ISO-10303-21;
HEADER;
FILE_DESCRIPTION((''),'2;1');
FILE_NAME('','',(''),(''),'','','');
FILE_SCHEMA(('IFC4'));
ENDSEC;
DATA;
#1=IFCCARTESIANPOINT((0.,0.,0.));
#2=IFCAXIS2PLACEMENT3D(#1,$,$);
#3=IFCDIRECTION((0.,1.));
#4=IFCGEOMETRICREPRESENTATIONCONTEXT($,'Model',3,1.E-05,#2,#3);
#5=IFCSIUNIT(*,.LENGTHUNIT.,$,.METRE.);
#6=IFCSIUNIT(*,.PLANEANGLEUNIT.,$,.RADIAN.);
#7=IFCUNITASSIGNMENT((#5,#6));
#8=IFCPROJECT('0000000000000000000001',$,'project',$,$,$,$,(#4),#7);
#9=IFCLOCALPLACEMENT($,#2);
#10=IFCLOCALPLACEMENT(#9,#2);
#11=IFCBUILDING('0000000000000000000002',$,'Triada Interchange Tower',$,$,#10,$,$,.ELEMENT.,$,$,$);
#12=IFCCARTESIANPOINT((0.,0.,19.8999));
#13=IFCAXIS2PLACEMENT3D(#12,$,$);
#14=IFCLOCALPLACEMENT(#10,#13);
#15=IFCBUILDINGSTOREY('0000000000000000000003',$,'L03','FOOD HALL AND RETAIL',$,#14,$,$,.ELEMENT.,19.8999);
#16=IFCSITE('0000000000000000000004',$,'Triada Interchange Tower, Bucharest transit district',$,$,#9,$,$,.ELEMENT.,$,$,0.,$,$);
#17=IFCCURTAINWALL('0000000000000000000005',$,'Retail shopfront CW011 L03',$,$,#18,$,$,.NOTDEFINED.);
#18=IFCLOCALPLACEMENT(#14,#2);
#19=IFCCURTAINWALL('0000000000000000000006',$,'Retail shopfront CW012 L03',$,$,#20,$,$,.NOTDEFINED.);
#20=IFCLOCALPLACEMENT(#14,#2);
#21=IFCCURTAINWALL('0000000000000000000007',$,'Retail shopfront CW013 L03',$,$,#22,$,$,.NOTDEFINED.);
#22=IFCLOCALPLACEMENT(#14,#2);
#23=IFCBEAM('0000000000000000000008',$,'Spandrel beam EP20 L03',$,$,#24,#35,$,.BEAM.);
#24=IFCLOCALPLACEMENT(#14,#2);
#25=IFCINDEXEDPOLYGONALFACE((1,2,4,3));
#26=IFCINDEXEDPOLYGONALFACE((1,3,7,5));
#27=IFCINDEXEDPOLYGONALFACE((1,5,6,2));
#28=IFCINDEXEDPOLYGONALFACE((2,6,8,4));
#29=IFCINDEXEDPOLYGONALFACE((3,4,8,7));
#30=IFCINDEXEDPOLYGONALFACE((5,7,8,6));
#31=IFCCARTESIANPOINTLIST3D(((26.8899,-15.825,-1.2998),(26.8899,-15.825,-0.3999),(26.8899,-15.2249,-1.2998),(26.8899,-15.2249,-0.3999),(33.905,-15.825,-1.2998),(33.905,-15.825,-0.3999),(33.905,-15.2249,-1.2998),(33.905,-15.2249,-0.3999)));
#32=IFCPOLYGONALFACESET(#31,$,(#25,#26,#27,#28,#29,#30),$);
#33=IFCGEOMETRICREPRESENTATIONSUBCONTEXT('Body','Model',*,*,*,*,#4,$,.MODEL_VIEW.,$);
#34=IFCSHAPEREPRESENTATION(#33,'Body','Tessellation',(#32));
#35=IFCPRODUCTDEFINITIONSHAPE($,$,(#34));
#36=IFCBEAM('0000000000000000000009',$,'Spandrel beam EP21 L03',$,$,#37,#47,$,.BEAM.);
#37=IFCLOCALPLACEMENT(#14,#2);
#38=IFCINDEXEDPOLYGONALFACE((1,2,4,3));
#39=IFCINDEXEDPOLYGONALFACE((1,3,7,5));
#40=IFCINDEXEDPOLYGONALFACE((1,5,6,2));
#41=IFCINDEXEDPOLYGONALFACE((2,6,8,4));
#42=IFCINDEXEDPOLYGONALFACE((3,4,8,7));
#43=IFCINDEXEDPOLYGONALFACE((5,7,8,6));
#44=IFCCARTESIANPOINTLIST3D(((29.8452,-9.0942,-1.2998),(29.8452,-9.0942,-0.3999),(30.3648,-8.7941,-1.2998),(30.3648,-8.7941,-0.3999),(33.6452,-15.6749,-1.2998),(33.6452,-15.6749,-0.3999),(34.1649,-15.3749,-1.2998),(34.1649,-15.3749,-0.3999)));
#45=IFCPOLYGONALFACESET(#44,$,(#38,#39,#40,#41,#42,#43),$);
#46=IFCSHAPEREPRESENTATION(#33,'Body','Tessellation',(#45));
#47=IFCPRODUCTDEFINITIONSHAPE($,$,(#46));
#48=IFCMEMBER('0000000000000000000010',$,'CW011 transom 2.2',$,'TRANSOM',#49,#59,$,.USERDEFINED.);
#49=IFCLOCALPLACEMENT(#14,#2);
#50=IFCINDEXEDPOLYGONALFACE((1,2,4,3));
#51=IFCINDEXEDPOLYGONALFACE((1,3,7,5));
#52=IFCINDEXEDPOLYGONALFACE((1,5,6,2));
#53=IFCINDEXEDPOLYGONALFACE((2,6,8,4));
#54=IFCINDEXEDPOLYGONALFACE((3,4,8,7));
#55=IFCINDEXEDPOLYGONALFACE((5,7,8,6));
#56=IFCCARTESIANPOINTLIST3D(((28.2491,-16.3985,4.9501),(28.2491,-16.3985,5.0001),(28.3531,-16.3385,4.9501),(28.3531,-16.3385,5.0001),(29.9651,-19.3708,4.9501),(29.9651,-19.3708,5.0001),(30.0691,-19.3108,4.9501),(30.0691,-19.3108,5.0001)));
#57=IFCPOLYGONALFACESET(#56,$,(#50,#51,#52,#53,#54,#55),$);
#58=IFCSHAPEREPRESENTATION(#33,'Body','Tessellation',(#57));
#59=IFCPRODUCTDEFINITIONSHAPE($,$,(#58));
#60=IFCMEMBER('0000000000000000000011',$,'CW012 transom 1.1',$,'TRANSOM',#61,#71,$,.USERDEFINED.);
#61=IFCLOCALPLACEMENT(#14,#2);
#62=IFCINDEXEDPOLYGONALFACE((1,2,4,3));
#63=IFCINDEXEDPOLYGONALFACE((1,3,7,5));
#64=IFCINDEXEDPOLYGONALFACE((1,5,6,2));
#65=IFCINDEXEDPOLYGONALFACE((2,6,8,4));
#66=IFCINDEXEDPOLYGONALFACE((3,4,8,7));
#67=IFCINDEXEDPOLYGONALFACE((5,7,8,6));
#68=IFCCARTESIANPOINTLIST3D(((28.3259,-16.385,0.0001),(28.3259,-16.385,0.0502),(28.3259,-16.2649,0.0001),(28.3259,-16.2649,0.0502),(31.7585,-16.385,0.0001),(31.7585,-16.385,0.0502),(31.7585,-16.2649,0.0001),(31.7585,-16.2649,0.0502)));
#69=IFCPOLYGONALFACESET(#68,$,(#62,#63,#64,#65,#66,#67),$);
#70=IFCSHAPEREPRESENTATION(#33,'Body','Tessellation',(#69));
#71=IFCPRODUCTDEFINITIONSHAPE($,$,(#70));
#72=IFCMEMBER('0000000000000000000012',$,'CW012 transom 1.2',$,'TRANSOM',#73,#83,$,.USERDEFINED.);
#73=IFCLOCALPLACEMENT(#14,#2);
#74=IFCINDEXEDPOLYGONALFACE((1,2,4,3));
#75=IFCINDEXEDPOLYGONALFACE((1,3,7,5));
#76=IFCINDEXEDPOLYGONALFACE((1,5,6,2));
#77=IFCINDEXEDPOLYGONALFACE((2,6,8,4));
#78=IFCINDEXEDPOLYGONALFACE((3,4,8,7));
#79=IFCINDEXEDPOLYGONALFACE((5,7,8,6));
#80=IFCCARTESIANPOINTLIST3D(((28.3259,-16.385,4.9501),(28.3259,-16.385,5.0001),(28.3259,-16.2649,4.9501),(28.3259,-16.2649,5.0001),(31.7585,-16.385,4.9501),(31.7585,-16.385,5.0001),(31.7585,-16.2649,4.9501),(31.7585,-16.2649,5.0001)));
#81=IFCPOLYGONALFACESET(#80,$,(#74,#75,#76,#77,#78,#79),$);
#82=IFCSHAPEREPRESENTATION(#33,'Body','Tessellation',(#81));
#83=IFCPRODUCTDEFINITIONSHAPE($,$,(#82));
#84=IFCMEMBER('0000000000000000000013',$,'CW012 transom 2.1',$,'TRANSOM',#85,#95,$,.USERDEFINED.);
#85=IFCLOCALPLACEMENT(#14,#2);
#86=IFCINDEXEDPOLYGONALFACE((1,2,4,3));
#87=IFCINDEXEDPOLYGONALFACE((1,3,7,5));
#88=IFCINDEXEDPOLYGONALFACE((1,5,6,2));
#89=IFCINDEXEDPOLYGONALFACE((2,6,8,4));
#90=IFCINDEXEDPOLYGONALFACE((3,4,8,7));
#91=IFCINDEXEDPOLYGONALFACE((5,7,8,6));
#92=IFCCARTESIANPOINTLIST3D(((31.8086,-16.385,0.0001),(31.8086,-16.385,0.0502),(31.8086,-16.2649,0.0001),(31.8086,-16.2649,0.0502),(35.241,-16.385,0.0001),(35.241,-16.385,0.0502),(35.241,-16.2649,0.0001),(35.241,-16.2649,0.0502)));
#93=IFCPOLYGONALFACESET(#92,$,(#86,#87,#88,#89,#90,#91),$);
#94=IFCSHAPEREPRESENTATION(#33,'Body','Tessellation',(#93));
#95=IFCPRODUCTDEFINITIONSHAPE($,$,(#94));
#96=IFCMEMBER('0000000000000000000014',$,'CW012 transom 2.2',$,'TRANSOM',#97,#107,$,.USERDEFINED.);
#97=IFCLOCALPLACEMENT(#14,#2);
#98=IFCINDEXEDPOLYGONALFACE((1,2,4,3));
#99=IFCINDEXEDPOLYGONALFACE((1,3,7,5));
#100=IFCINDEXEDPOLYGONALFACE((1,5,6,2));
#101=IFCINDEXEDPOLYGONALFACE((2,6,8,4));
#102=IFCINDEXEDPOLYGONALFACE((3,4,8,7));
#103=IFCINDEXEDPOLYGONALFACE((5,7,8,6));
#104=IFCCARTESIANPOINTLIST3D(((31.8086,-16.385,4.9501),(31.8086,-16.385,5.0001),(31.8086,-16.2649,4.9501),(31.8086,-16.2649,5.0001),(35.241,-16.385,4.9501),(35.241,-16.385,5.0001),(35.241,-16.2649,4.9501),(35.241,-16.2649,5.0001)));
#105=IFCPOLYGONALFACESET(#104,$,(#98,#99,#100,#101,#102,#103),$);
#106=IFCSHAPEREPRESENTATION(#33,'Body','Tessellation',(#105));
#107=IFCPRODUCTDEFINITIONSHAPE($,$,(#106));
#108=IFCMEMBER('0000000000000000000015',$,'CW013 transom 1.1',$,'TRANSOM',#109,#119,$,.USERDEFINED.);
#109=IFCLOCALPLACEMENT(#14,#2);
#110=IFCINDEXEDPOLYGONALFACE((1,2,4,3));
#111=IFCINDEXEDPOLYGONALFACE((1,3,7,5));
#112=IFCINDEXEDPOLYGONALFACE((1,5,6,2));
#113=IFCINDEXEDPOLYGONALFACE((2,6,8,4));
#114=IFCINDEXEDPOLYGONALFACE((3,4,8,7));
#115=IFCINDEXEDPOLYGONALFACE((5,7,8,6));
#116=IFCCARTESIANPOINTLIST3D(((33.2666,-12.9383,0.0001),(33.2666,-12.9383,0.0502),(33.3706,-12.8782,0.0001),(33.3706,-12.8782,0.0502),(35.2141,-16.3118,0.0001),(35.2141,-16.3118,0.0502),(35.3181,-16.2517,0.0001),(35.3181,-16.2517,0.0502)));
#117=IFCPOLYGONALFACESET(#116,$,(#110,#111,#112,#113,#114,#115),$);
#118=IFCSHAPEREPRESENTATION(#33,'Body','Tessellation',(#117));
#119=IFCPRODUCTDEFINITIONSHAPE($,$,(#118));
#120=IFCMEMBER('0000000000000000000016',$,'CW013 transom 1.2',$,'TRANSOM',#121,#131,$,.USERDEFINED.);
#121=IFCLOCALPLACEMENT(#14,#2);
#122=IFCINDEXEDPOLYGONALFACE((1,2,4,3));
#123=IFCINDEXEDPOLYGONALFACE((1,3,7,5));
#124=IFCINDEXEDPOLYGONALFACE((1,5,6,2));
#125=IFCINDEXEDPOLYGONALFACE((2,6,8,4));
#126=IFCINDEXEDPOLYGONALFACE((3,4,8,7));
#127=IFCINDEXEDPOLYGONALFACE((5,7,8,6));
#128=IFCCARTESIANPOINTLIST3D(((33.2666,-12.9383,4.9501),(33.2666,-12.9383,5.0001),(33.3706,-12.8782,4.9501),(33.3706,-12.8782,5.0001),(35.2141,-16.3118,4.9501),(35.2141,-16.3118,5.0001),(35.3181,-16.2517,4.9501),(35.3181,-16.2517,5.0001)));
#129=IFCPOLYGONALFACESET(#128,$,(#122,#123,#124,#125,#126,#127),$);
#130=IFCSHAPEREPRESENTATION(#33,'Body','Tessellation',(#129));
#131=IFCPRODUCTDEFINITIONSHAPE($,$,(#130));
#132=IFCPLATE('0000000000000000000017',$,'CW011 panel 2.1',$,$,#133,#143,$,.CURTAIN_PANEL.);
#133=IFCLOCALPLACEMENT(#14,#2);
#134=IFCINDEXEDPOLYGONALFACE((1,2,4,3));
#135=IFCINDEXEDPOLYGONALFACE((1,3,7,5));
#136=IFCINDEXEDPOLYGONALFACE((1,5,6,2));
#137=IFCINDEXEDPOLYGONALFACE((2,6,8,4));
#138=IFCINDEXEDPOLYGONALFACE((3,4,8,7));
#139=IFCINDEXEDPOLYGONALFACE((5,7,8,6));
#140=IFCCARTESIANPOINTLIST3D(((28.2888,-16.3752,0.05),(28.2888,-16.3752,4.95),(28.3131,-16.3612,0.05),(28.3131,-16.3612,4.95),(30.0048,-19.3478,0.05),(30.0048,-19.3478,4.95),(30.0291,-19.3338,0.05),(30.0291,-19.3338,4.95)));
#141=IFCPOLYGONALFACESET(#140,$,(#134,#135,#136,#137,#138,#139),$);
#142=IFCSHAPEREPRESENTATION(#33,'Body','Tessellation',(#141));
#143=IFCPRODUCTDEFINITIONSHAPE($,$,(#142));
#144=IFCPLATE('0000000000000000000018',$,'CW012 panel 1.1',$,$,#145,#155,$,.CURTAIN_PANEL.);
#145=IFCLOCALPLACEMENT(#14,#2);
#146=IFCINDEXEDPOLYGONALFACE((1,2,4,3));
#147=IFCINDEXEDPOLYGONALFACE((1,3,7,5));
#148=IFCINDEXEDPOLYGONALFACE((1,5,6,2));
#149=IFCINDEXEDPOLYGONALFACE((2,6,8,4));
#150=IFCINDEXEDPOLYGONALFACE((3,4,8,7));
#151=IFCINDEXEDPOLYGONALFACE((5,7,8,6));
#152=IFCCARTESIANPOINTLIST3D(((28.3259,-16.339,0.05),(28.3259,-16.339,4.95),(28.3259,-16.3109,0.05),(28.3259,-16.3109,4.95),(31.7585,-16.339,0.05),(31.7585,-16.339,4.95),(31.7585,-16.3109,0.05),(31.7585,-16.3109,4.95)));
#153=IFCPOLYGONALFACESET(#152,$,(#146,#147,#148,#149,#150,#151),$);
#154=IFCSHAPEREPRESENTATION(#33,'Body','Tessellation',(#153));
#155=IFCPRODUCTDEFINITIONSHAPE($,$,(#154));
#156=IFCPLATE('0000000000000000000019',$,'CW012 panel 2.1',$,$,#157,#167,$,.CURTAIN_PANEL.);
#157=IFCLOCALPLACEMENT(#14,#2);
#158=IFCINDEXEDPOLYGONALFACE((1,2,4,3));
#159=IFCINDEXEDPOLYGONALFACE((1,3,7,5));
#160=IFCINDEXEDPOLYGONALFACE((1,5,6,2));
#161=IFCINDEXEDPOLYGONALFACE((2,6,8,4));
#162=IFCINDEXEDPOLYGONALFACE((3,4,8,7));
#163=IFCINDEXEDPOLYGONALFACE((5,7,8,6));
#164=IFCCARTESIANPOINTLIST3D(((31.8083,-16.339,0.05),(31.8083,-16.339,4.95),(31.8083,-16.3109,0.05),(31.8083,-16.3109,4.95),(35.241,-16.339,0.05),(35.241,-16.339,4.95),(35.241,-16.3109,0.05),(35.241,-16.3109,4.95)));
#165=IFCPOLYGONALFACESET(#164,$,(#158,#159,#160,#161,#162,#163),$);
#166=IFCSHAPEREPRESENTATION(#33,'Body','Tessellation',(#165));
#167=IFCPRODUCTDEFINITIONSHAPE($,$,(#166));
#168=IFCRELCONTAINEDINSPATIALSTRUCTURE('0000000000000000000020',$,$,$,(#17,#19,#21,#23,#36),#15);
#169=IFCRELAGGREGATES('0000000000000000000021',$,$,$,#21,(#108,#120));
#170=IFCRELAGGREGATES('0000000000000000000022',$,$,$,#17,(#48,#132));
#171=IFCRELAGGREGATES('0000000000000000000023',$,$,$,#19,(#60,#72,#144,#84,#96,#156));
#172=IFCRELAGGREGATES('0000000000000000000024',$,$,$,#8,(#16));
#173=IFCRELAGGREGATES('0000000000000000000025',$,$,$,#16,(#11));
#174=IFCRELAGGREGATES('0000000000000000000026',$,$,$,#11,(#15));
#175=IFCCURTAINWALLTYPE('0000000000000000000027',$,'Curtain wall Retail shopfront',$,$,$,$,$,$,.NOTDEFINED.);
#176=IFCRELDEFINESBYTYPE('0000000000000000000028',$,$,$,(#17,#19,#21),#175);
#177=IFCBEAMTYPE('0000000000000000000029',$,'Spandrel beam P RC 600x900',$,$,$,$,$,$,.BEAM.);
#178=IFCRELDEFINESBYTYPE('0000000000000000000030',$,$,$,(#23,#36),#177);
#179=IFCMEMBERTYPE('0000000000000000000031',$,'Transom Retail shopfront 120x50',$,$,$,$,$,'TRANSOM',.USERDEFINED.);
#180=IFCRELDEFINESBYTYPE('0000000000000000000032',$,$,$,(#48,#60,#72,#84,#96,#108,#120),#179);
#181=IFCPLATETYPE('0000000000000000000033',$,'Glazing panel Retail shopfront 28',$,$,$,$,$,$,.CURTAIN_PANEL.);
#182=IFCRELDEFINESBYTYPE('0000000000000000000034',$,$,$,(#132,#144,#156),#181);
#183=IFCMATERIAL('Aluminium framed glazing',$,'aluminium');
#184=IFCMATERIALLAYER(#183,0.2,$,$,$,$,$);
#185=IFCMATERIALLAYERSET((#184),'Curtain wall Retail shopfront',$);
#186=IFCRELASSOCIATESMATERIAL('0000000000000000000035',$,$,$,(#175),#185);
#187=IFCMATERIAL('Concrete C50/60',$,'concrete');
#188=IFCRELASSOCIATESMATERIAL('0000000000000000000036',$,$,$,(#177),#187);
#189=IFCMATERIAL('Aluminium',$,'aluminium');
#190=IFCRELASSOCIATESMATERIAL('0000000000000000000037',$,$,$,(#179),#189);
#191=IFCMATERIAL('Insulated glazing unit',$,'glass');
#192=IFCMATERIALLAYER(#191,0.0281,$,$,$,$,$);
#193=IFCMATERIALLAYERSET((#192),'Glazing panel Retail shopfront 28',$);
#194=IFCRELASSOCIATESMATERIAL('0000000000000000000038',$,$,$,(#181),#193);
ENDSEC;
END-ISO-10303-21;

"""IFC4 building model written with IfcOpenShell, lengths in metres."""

from ifc_helpers import new_model, si_unit, direction, frame, origin, origin_2d, place, context, subcontext, project, spatial, rectangle, extrude, material, layer, layer_set, material_profile, profile_set, type_object, element, aggregate, save


model = new_model("IFC4")

# Units and contexts
model_context = context("Model", 3, precision=1e-05, world=origin(), true_north=direction((0.0, 1.0)))
body_context = subcontext(model_context, "Body", "Model", "MODEL_VIEW")
ifc_project = project(units=[si_unit("LENGTHUNIT", "METRE"), si_unit("PLANEANGLEUNIT", "RADIAN")], contexts=[model_context])

# Site, building, storey
site_placement = place(None, origin())
site = spatial("IfcSite", under=ifc_project, at=site_placement, Name="Triada Interchange Tower, Bucharest transit district", CompositionType="ELEMENT", RefElevation=0.0)
building_placement = place(site_placement, origin())
building = spatial("IfcBuilding", under=site, at=building_placement, Name="Triada Interchange Tower", CompositionType="ELEMENT")
storey_placement = place(building_placement, frame((0.0, 0.0, 19.8999)))
storey = spatial("IfcBuildingStorey", under=building, at=storey_placement, Name="L03", Description="FOOD HALL AND RETAIL", CompositionType="ELEMENT", Elevation=19.8999)

# Curtain wall
ifc_material_1 = material(Name="Aluminium framed glazing", Category="aluminium")
ifc_layer_1 = layer(ifc_material_1, 0.2)
ifc_layer_set_1 = layer_set([ifc_layer_1], Name="Curtain wall Retail shopfront")
curtain_wall_type = type_object("IfcCurtainWallType", Name="Curtain wall Retail shopfront", PredefinedType="NOTDEFINED", material=ifc_layer_set_1)
curtain_wall_1_placement = place(storey_placement, origin())
curtain_wall_1 = element("IfcCurtainWall", 1, at=curtain_wall_1_placement, inside=storey, type_object=curtain_wall_type, Name="Retail shopfront CW011 L03", PredefinedType="NOTDEFINED")
ifc_material_2 = material(Name="Aluminium", Category="aluminium")

# Curtain wall
curtain_wall_2_placement = place(storey_placement, origin())
curtain_wall_2 = element("IfcCurtainWall", 2, at=curtain_wall_2_placement, inside=storey, type_object=curtain_wall_type, Name="Retail shopfront CW012 L03", PredefinedType="NOTDEFINED")

# Curtain wall
curtain_wall_3_placement = place(storey_placement, origin())
curtain_wall_3 = element("IfcCurtainWall", 3, at=curtain_wall_3_placement, inside=storey, type_object=curtain_wall_type, Name="Retail shopfront CW013 L03", PredefinedType="NOTDEFINED")

# Beams
ifc_material_3 = material(Name="Concrete C50/60", Category="concrete")
ifc_material_profile_1 = material_profile(ifc_material_3, rectangle(XDim=0.6001, YDim=0.8999, at=origin_2d()), Name="RC 600x900")
ifc_profile_set_1 = profile_set([ifc_material_profile_1], Name="Concrete C50/60")
beam_type_1 = type_object("IfcBeamType", Name="Spandrel beam P RC 600x900", PredefinedType="BEAM", material=ifc_profile_set_1)
beam_1_placement = place(storey_placement, frame((26.8899, -15.5249, -0.8499), z_axis=(1.0, 0.0, 0.0), x_axis=(0.0, 1.0, 0.0)))
element("IfcBeam", 4, at=beam_1_placement, inside=storey, type_object=beam_type_1, Name="Spandrel beam EP20 L03", PredefinedType="BEAM", context=body_context, shape_type="SweptSolid", body=[
    extrude(rectangle(XDim=0.6001, YDim=0.8999, at=origin_2d()), origin(), (0.0, 0.0, 1.0), 7.0151),
])
beam_2_placement = place(storey_placement, frame((33.905, -15.5249, -0.8499), z_axis=(-0.500061, 0.86599, 0.0), x_axis=(-0.86599, -0.500061, 0.0)))
element("IfcBeam", 5, at=beam_2_placement, inside=storey, type_object=beam_type_1, Name="Spandrel beam EP21 L03", PredefinedType="BEAM", context=body_context, shape_type="SweptSolid", body=[
    extrude(rectangle(XDim=0.6001, YDim=0.8999, at=origin_2d()), origin(), (0.0, 0.0, 1.0), 7.5991),
])

# Members
ifc_material_profile_2 = material_profile(ifc_material_2, rectangle(XDim=0.1201, YDim=0.05, at=origin_2d()), Name="Aluminium transom")
ifc_profile_set_2 = profile_set([ifc_material_profile_2], Name="Aluminium")
member_type_1 = type_object("IfcMemberType", Name="Transom Retail shopfront 120x50", ElementType="TRANSOM", PredefinedType="USERDEFINED", material=ifc_profile_set_2)
member_1_placement = place(storey_placement, frame((30.0171, -19.3408, 4.9751), z_axis=(-0.499987, 0.866033, 0.0), x_axis=(-0.866033, -0.499987, 0.0)))
member_1 = element("IfcMember", 6, at=member_1_placement, type_object=member_type_1, Name="CW011 transom 2.2", ObjectType="TRANSOM", PredefinedType="USERDEFINED", context=body_context, shape_type="SweptSolid", body=[
    extrude(rectangle(XDim=0.1201, YDim=0.05, at=origin_2d()), origin(), (0.0, 0.0, 1.0), 3.4321),
])
member_2_placement = place(storey_placement, frame((28.3259, -16.325, 0.0251), z_axis=(1.0, 0.0, 0.0), x_axis=(0.0, 1.0, 0.0)))
member_2 = element("IfcMember", 7, at=member_2_placement, type_object=member_type_1, Name="CW012 transom 1.1", ObjectType="TRANSOM", PredefinedType="USERDEFINED", context=body_context, shape_type="SweptSolid", body=[
    extrude(rectangle(XDim=0.1201, YDim=0.05, at=origin_2d()), origin(), (0.0, 0.0, 1.0), 3.4326),
])
member_3_placement = place(storey_placement, frame((28.3259, -16.325, 4.9751), z_axis=(1.0, 0.0, 0.0), x_axis=(0.0, 1.0, 0.0)))
member_3 = element("IfcMember", 8, at=member_3_placement, type_object=member_type_1, Name="CW012 transom 1.2", ObjectType="TRANSOM", PredefinedType="USERDEFINED", context=body_context, shape_type="SweptSolid", body=[
    extrude(rectangle(XDim=0.1201, YDim=0.05, at=origin_2d()), origin(), (0.0, 0.0, 1.0), 3.4326),
])
member_4_placement = place(storey_placement, frame((31.8086, -16.325, 0.0251), z_axis=(1.0, 0.0, 0.0), x_axis=(0.0, 1.0, 0.0)))
member_4 = element("IfcMember", 9, at=member_4_placement, type_object=member_type_1, Name="CW012 transom 2.1", ObjectType="TRANSOM", PredefinedType="USERDEFINED", context=body_context, shape_type="SweptSolid", body=[
    extrude(rectangle(XDim=0.1201, YDim=0.05, at=origin_2d()), origin(), (0.0, 0.0, 1.0), 3.4324),
])
member_5_placement = place(storey_placement, frame((31.8086, -16.325, 4.9751), z_axis=(1.0, 0.0, 0.0), x_axis=(0.0, 1.0, 0.0)))
member_5 = element("IfcMember", 10, at=member_5_placement, type_object=member_type_1, Name="CW012 transom 2.2", ObjectType="TRANSOM", PredefinedType="USERDEFINED", context=body_context, shape_type="SweptSolid", body=[
    extrude(rectangle(XDim=0.1201, YDim=0.05, at=origin_2d()), origin(), (0.0, 0.0, 1.0), 3.4324),
])
member_6_placement = place(storey_placement, frame((35.2661, -16.2817, 0.0251), z_axis=(-0.499961, 0.866048, 0.0), x_axis=(-0.866048, -0.499961, 0.0)))
member_6 = element("IfcMember", 11, at=member_6_placement, type_object=member_type_1, Name="CW013 transom 1.1", ObjectType="TRANSOM", PredefinedType="USERDEFINED", context=body_context, shape_type="SweptSolid", body=[
    extrude(rectangle(XDim=0.1201, YDim=0.05, at=origin_2d()), origin(), (0.0, 0.0, 1.0), 3.8953),
])
member_7_placement = place(storey_placement, frame((35.2661, -16.2817, 4.9751), z_axis=(-0.499961, 0.866048, 0.0), x_axis=(-0.866048, -0.499961, 0.0)))
member_7 = element("IfcMember", 12, at=member_7_placement, type_object=member_type_1, Name="CW013 transom 1.2", ObjectType="TRANSOM", PredefinedType="USERDEFINED", context=body_context, shape_type="SweptSolid", body=[
    extrude(rectangle(XDim=0.1201, YDim=0.05, at=origin_2d()), origin(), (0.0, 0.0, 1.0), 3.8953),
])
aggregate(curtain_wall_3, [member_6, member_7])

# Plates
ifc_material_4 = material(Name="Insulated glazing unit", Category="glass")
ifc_layer_2 = layer(ifc_material_4, 0.0281)
ifc_layer_set_2 = layer_set([ifc_layer_2], Name="Glazing panel Retail shopfront 28")
plate_type = type_object("IfcPlateType", Name="Glazing panel Retail shopfront 28", PredefinedType="CURTAIN_PANEL", material=ifc_layer_set_2)
plate_1_placement = place(storey_placement, frame((29.1589, -17.8545, 0.05), z_axis=(0.0, 0.0, 1.0), x_axis=(-0.499957, 0.86605, 0.0)))
plate_1 = element("IfcPlate", 13, at=plate_1_placement, type_object=plate_type, Name="CW011 panel 2.1", PredefinedType="CURTAIN_PANEL", context=body_context, shape_type="SweptSolid", body=[
    extrude(rectangle(XDim=3.4324, YDim=0.0281, at=origin_2d()), origin(), (0.0, 0.0, 1.0), 4.8999),
])
aggregate(curtain_wall_1, [member_1, plate_1])
plate_2_placement = place(storey_placement, frame((30.0422, -16.325, 0.05), z_axis=(0.0, 0.0, 1.0), x_axis=(1.0, 0.0, 0.0)))
plate_2 = element("IfcPlate", 14, at=plate_2_placement, type_object=plate_type, Name="CW012 panel 1.1", PredefinedType="CURTAIN_PANEL", context=body_context, shape_type="SweptSolid", body=[
    extrude(rectangle(XDim=3.4326, YDim=0.0281, at=origin_2d()), origin(), (0.0, 0.0, 1.0), 4.8999),
])
plate_3_placement = place(storey_placement, frame((33.5247, -16.325, 0.05), z_axis=(0.0, 0.0, 1.0), x_axis=(1.0, 0.0, 0.0)))
plate_3 = element("IfcPlate", 15, at=plate_3_placement, type_object=plate_type, Name="CW012 panel 2.1", PredefinedType="CURTAIN_PANEL", context=body_context, shape_type="SweptSolid", body=[
    extrude(rectangle(XDim=3.4326, YDim=0.0281, at=origin_2d()), origin(), (0.0, 0.0, 1.0), 4.8999),
])
aggregate(curtain_wall_2, [member_2, member_3, plate_2, member_4, member_5, plate_3])

save(model, "model.ifc")
